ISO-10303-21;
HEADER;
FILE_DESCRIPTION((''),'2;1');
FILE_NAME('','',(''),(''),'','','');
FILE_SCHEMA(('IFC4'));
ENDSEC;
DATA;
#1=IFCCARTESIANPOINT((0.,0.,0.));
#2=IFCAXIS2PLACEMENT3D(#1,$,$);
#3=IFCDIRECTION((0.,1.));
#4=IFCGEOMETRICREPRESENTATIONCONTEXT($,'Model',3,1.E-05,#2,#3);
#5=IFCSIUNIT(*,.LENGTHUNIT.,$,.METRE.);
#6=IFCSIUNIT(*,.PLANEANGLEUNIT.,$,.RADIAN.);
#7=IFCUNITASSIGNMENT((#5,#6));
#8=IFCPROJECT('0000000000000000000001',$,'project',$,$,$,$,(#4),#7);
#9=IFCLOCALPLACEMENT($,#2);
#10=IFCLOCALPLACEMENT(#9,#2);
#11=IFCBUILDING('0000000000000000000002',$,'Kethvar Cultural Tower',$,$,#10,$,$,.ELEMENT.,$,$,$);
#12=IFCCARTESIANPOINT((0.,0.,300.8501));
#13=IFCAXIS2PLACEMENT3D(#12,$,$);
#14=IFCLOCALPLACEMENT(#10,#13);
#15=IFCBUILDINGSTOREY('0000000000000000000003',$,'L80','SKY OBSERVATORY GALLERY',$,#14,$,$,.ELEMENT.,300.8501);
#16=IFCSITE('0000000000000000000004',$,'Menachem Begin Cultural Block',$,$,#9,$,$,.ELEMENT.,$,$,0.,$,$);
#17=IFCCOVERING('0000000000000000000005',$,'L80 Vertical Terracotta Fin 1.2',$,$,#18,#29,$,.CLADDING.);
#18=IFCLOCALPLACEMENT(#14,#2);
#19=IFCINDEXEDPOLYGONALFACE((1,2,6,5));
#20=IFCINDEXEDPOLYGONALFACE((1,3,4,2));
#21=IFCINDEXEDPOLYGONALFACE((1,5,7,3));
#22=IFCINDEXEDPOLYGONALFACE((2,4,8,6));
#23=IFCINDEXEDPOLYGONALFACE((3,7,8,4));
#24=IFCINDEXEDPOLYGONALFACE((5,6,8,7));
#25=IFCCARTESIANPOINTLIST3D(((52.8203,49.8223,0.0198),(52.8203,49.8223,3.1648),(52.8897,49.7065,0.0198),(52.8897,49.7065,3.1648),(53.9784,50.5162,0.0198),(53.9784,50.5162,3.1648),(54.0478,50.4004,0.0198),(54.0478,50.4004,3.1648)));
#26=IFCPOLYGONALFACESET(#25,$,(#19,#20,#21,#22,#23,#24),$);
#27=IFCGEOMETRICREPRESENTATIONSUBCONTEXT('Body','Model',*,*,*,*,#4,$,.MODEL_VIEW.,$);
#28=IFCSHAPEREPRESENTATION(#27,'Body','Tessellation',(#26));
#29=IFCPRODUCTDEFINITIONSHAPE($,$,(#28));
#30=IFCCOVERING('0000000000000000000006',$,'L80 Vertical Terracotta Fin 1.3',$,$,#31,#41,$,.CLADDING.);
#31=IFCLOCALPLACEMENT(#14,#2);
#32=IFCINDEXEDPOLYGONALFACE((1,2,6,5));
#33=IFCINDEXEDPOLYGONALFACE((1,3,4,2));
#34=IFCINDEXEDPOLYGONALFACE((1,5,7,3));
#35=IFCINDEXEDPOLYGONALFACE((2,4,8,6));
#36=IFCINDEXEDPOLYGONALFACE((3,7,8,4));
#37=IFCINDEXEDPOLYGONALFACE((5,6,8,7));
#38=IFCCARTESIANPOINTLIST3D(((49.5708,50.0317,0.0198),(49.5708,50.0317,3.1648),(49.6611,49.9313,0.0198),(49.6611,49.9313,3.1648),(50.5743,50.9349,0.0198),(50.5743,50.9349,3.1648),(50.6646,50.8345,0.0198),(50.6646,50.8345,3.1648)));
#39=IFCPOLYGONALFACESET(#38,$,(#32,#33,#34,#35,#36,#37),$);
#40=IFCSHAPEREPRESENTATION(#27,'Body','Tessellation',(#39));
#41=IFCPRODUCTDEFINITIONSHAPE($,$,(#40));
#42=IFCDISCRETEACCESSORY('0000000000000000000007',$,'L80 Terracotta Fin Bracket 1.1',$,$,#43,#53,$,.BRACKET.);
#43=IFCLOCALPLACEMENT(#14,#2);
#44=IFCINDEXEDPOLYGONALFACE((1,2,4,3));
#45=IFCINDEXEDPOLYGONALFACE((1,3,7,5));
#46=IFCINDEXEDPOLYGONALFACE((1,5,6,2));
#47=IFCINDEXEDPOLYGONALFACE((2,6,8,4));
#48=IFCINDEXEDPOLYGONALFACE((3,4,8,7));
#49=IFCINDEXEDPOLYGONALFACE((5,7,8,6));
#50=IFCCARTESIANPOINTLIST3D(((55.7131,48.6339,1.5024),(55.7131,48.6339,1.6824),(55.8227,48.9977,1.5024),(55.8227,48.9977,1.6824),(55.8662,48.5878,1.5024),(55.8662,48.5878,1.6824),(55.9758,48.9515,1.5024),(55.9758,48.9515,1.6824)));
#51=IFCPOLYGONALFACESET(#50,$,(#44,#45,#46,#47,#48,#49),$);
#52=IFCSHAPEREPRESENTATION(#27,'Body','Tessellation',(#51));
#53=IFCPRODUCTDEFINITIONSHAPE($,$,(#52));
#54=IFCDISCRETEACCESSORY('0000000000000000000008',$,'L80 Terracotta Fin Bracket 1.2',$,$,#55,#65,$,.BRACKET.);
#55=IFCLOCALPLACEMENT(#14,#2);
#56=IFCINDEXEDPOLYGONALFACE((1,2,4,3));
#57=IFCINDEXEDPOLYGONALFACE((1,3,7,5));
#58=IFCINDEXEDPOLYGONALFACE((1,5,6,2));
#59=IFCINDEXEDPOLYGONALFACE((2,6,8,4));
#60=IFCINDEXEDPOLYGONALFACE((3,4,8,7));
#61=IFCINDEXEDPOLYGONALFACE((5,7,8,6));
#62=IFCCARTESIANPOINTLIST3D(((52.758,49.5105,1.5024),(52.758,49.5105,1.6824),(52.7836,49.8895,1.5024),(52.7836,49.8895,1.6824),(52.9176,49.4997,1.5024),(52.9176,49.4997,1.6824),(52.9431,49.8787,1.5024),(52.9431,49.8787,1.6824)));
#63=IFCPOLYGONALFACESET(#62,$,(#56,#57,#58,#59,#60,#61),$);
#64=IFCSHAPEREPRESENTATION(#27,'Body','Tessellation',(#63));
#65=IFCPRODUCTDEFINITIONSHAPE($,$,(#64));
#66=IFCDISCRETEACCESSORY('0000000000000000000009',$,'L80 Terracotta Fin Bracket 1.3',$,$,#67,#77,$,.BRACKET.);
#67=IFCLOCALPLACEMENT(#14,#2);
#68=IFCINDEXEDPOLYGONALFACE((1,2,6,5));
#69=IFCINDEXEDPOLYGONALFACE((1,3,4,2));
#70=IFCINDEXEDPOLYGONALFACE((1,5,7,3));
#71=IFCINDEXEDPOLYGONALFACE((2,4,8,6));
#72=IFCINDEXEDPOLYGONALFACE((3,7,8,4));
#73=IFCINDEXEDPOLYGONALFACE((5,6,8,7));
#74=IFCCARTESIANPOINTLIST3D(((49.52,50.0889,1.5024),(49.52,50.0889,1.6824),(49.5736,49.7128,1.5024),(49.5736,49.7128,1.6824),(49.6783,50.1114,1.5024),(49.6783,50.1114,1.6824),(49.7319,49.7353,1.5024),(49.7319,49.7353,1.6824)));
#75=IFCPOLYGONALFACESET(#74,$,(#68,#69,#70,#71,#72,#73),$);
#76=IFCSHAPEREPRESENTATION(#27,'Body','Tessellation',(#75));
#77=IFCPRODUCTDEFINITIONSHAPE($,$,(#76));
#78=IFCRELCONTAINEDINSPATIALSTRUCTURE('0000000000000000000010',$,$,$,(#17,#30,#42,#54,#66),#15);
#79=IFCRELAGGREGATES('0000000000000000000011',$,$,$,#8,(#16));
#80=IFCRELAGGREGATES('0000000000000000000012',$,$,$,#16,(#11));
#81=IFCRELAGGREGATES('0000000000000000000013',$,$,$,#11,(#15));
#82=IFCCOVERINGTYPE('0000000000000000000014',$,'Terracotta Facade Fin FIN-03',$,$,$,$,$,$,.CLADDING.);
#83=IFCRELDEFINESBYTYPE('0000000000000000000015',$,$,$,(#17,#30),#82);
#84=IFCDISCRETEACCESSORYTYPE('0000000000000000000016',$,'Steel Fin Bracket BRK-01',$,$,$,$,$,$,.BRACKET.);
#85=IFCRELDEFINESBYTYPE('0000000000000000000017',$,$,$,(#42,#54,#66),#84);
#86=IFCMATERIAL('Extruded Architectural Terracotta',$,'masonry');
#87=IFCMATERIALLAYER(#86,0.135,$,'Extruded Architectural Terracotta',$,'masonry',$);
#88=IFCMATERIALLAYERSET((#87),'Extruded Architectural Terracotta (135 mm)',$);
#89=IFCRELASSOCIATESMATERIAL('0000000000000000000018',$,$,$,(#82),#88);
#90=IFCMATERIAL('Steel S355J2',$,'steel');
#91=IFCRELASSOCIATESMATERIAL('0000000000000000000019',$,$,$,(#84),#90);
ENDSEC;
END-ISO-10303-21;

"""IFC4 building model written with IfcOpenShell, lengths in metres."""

from ifc_helpers import new_model, si_unit, direction, frame, origin, origin_2d, place, context, subcontext, project, spatial, rectangle, extrude, source, transform, mapped, material, layer, layer_set, type_object, element, save


model = new_model("IFC4")

# Units and contexts
model_context = context("Model", 3, precision=1e-05, world=origin(), true_north=direction((0.0, 1.0)))
body_context = subcontext(model_context, "Body", "Model", "MODEL_VIEW")
ifc_project = project(units=[si_unit("LENGTHUNIT", "METRE"), si_unit("PLANEANGLEUNIT", "RADIAN")], contexts=[model_context])

# Site, building, storey
site_placement = place(None, origin())
site = spatial("IfcSite", under=ifc_project, at=site_placement, Name="Menachem Begin Cultural Block", CompositionType="ELEMENT", RefElevation=0.0)
building_placement = place(site_placement, origin())
building = spatial("IfcBuilding", under=site, at=building_placement, Name="Kethvar Cultural Tower", CompositionType="ELEMENT")
storey_placement = place(building_placement, frame((0.0, 0.0, 300.8501)))
storey = spatial("IfcBuildingStorey", under=building, at=storey_placement, Name="L80", Description="SKY OBSERVATORY GALLERY", CompositionType="ELEMENT", Elevation=300.8501)

# Shared definitions
ifc_material_1 = material(Name="Steel S355J2", Category="steel")

# Coverings
ifc_material_2 = material(Name="Extruded Architectural Terracotta", Category="masonry")
ifc_layer_1 = layer(ifc_material_2, 0.135, Name="Extruded Architectural Terracotta", Category="masonry")
ifc_layer_set_1 = layer_set([ifc_layer_1], Name="Extruded Architectural Terracotta (135 mm)")
covering_type = type_object("IfcCoveringType", Name="Terracotta Facade Fin FIN-03", PredefinedType="CLADDING", material=ifc_layer_set_1)
shared_shape_1 = source(origin(), body_context, "Body", "SweptSolid", [
    extrude(rectangle(XDim=1.3501, YDim=0.135, at=origin_2d()), origin(), (0.0, 0.0, 1.0), 3.145),
])
for number, where, z_axis, x_axis, name in (
    (1, (53.4341, 50.1113, 0.0198), (0.0, 0.0, 1.0), (0.857796, 0.51399, 0.0), "L80 Vertical Terracotta Fin 1.2"),
    (2, (50.1177, 50.4331, 0.0198), (0.0, 0.0, 1.0), (0.743262, 0.669001, 0.0), "L80 Vertical Terracotta Fin 1.3"),
):
    element("IfcCovering", number, at=place(storey_placement, frame(where, z_axis=z_axis, x_axis=x_axis)), inside=storey, type_object=covering_type, Name=name, PredefinedType="CLADDING", context=body_context, shape_type="MappedRepresentation", body=[
        mapped(shared_shape_1, transform((0.0, 0.0, 0.0), scale=1.0)),
    ])

# Discrete accessories
discrete_accessory_type = type_object("IfcDiscreteAccessoryType", Name="Steel Fin Bracket BRK-01", PredefinedType="BRACKET", material=ifc_material_1)
shared_shape_2 = source(origin(), body_context, "Body", "SweptSolid", [
    extrude(rectangle(XDim=0.3799, YDim=0.1599, at=origin_2d()), origin(), (0.0, 0.0, 1.0), 0.1799),
])
for number, where, z_axis, x_axis, name in (
    (3, (55.8445, 48.7927, 1.5024), (0.0, 0.0, 1.0), (0.288531, 0.957471, 0.0), "L80 Terracotta Fin Bracket 1.1"),
    (4, (52.8506, 49.6946, 1.5024), (0.0, 0.0, 1.0), (0.067319, 0.997732, 0.0), "L80 Terracotta Fin Bracket 1.2"),
    (5, (49.626, 49.9121, 1.5024), (0.0, 0.0, 1.0), (-0.141074, 0.989999, 0.0), "L80 Terracotta Fin Bracket 1.3"),
):
    element("IfcDiscreteAccessory", number, at=place(storey_placement, frame(where, z_axis=z_axis, x_axis=x_axis)), inside=storey, type_object=discrete_accessory_type, Name=name, PredefinedType="BRACKET", context=body_context, shape_type="MappedRepresentation", body=[
        mapped(shared_shape_2, transform((0.0, 0.0, 0.0), scale=1.0)),
    ])

save(model, "model.ifc")
